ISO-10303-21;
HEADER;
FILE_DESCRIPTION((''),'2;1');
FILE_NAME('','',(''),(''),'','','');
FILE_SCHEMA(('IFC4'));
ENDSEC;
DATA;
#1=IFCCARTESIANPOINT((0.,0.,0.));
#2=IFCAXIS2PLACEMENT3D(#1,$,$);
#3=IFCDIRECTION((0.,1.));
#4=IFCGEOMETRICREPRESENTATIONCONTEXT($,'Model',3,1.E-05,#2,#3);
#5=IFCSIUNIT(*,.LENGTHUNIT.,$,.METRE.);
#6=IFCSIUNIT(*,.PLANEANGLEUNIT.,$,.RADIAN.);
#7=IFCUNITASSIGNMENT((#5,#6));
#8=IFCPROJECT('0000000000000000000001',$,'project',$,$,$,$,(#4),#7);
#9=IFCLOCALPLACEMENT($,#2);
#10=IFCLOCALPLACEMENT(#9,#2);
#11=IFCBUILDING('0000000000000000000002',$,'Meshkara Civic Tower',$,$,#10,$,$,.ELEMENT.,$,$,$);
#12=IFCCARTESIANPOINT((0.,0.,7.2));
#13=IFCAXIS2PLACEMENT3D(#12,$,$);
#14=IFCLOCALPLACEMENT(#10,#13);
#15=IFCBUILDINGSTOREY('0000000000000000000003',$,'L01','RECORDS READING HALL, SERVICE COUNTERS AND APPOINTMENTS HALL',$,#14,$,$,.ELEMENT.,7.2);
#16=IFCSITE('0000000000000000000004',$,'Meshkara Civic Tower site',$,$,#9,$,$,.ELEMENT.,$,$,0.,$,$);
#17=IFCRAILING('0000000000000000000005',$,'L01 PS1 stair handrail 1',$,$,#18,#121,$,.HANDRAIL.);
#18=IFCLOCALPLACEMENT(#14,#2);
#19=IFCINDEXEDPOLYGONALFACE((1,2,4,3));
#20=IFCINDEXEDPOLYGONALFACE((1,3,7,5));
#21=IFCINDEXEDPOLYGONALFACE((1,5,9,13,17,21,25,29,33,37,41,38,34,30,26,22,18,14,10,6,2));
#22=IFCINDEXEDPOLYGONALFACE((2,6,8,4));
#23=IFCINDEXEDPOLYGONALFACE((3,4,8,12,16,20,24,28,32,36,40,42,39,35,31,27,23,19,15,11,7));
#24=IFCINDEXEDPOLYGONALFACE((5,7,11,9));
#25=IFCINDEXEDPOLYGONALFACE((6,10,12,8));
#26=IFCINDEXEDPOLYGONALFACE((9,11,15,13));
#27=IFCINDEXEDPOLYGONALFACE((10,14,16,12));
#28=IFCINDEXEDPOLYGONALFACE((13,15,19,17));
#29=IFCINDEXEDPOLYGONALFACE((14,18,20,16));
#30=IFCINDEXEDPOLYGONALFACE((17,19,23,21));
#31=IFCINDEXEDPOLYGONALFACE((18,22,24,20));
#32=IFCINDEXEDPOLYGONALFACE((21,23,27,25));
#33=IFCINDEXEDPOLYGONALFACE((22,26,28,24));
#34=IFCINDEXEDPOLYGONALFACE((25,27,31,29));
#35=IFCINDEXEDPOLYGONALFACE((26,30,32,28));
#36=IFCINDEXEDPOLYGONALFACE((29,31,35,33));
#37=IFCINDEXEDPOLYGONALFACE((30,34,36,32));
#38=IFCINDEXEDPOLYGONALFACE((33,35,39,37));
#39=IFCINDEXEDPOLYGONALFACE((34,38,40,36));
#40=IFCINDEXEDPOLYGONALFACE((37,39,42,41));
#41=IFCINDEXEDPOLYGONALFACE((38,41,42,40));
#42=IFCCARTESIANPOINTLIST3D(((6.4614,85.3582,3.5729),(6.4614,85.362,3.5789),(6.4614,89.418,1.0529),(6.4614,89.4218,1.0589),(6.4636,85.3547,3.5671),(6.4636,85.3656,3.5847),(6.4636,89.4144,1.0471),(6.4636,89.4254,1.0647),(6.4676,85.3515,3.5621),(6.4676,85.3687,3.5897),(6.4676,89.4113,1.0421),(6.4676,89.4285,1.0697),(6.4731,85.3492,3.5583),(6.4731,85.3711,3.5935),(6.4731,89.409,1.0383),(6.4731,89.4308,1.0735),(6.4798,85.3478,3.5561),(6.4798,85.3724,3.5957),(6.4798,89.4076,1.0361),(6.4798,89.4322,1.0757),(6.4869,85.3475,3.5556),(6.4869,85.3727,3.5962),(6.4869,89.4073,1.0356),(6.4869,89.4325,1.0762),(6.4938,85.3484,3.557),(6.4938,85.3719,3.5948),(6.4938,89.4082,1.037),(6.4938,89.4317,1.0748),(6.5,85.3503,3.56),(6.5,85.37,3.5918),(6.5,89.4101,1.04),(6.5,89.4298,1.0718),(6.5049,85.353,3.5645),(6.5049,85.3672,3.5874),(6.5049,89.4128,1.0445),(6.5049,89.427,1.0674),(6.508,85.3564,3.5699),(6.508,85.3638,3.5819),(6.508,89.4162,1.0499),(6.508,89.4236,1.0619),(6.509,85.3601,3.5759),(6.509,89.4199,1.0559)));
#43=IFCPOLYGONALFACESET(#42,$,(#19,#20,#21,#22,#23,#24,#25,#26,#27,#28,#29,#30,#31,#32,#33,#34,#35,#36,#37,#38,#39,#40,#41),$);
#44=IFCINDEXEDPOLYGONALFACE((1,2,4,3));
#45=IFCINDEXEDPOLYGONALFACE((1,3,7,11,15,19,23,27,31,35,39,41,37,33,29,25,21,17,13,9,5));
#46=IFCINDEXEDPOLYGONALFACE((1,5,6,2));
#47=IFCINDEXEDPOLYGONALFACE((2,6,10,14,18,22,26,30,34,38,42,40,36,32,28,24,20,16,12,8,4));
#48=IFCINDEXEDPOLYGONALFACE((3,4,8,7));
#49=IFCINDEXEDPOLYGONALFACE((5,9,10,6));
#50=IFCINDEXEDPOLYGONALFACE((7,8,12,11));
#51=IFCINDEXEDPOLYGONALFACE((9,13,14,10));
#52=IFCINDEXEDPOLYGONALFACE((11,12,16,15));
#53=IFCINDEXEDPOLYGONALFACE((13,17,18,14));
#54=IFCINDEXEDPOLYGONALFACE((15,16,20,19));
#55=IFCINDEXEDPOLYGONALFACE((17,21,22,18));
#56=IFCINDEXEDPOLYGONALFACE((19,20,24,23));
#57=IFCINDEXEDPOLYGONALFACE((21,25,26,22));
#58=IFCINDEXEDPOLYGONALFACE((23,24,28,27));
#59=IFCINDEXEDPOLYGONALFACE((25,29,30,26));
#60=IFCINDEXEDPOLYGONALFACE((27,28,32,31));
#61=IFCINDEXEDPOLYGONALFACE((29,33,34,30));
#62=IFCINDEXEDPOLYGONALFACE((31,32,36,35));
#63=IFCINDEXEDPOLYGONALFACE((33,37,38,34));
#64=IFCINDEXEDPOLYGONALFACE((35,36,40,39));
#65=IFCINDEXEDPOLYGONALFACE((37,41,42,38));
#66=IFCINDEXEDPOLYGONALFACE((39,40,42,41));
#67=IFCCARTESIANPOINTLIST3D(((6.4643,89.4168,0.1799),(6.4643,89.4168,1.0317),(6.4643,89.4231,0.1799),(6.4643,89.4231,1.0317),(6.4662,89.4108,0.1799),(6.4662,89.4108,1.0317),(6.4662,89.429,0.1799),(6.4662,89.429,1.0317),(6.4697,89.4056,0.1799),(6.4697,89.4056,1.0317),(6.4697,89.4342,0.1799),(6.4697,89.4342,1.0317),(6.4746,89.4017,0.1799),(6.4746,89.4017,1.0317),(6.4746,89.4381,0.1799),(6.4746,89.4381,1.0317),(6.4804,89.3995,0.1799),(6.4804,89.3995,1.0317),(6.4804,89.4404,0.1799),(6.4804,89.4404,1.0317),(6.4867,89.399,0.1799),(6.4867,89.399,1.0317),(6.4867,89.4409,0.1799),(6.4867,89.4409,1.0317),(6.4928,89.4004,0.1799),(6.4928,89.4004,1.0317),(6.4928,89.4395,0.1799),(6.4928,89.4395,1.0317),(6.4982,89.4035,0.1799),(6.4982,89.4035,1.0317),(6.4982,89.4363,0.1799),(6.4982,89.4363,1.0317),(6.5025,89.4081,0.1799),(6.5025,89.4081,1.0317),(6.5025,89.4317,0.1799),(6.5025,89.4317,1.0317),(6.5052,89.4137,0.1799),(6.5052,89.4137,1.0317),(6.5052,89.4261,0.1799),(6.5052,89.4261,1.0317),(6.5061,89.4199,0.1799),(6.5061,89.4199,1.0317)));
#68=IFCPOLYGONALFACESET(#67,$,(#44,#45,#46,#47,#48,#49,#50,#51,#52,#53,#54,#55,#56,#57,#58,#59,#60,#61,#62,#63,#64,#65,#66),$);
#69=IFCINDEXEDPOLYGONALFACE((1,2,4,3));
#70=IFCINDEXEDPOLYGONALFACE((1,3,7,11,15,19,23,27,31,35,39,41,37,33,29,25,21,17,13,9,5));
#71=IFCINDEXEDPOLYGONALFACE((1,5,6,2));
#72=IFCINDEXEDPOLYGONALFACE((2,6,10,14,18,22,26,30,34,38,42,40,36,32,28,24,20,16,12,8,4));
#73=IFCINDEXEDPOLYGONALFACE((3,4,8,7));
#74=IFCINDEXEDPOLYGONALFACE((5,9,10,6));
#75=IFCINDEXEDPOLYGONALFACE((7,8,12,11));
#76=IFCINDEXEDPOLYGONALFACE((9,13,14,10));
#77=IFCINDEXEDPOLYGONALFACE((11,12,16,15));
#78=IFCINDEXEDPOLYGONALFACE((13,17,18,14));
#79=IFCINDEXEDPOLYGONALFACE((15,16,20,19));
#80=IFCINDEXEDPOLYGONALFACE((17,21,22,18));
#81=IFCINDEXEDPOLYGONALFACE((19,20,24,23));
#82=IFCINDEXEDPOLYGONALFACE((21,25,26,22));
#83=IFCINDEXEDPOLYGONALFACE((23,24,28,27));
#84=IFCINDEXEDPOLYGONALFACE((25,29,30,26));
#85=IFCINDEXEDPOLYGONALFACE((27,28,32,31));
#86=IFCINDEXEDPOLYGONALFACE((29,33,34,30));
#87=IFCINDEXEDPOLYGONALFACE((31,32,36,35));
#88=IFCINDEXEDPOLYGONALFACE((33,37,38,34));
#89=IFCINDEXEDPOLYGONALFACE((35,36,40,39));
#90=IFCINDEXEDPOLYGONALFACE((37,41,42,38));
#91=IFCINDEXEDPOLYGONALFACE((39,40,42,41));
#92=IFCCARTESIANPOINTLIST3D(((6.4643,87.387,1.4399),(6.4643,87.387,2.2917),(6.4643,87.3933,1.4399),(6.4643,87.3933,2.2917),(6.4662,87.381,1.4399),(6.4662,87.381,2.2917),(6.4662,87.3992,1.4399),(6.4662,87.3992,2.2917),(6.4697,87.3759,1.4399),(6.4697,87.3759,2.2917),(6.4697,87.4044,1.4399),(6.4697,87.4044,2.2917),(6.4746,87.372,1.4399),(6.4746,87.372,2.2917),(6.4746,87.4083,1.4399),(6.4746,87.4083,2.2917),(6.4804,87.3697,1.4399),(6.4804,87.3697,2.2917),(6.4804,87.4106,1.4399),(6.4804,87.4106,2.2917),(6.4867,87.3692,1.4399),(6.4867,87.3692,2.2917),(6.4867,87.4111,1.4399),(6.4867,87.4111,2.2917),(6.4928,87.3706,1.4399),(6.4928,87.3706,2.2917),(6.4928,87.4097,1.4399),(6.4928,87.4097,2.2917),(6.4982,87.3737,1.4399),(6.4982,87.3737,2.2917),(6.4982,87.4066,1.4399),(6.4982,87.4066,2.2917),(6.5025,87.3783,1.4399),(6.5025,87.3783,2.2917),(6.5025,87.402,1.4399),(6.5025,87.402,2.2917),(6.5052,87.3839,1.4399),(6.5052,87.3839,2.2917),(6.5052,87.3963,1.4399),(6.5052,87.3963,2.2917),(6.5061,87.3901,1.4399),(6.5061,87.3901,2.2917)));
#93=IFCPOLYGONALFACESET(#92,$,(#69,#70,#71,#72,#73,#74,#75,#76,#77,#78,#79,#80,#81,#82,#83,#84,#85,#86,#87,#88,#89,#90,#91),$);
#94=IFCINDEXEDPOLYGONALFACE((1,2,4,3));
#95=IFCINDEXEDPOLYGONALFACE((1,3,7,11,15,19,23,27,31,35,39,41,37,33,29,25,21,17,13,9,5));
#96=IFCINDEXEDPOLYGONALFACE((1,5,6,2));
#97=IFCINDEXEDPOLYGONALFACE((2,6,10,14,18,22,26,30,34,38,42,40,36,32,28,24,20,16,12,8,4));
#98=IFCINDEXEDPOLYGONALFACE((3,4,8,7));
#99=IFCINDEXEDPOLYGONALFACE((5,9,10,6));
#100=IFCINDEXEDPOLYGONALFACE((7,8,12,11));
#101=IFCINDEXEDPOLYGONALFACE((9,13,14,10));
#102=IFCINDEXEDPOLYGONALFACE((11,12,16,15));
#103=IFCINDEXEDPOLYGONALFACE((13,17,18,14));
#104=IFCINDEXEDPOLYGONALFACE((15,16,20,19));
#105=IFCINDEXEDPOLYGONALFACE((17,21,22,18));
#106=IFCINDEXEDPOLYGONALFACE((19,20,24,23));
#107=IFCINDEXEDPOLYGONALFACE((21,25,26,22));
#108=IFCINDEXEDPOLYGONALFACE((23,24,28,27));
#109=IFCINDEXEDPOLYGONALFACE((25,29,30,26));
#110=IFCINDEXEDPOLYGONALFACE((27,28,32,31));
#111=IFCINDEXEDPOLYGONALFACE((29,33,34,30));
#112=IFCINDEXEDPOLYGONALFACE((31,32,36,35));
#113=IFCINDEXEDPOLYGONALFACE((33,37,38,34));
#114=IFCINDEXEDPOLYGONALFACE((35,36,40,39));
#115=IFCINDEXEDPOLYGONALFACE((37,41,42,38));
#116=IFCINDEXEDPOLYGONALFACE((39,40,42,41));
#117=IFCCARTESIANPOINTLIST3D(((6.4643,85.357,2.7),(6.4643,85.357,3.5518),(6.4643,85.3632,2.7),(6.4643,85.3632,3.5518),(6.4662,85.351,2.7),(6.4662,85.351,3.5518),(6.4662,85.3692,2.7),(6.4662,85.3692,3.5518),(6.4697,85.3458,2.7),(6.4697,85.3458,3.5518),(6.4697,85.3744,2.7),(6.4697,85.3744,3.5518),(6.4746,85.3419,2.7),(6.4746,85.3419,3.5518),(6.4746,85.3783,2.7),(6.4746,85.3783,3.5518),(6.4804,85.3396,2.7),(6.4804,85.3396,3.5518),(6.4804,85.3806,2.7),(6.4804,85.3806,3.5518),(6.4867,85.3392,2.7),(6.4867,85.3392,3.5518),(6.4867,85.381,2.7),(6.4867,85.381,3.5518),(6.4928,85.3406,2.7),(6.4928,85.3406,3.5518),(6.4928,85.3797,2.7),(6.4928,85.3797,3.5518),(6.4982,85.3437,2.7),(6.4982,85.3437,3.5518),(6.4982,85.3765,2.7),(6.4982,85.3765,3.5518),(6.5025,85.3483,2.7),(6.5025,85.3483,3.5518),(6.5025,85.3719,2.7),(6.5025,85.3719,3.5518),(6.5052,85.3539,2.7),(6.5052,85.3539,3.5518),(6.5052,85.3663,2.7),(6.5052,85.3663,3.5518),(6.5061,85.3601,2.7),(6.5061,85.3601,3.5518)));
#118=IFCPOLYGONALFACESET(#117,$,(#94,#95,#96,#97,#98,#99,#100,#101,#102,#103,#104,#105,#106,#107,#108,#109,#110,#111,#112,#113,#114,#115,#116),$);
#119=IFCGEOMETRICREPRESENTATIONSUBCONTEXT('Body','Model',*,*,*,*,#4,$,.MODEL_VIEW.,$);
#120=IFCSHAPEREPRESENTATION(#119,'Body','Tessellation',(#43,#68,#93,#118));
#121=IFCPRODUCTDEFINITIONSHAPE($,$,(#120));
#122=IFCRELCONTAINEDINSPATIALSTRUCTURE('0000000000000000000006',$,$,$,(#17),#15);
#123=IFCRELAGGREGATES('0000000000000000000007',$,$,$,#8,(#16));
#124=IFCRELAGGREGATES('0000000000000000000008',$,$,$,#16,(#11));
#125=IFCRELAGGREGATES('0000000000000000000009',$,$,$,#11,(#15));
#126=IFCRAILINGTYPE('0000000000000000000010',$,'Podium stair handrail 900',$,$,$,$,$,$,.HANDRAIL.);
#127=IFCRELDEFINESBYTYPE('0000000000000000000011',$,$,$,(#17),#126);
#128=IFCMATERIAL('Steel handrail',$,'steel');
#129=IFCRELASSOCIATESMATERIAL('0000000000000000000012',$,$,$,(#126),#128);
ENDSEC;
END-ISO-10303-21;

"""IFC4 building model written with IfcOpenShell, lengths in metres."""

from ifc_helpers import new_model, si_unit, direction, frame, origin, origin_2d, place, context, subcontext, project, spatial, circle, extrude, material, type_object, element, save


model = new_model("IFC4")

# Units and contexts
model_context = context("Model", 3, precision=1e-05, world=origin(), true_north=direction((0.0, 1.0)))
body_context = subcontext(model_context, "Body", "Model", "MODEL_VIEW")
ifc_project = project(units=[si_unit("LENGTHUNIT", "METRE"), si_unit("PLANEANGLEUNIT", "RADIAN")], contexts=[model_context])

# Site, building, storey
site_placement = place(None, origin())
site = spatial("IfcSite", under=ifc_project, at=site_placement, Name="Meshkara Civic Tower site", CompositionType="ELEMENT", RefElevation=0.0)
building_placement = place(site_placement, origin())
building = spatial("IfcBuilding", under=site, at=building_placement, Name="Meshkara Civic Tower", CompositionType="ELEMENT")
storey_placement = place(building_placement, frame((0.0, 0.0, 7.2)))
storey = spatial("IfcBuildingStorey", under=building, at=storey_placement, Name="L01", Description="RECORDS READING HALL, SERVICE COUNTERS AND APPOINTMENTS HALL", CompositionType="ELEMENT", Elevation=7.2)

# Railing
ifc_material_1 = material(Name="Steel handrail", Category="steel")
railing_type_1 = type_object("IfcRailingType", Name="Podium stair handrail 900", PredefinedType="HANDRAIL", material=ifc_material_1)
railing_1_placement = place(storey_placement, frame((6.4851, 89.4199, 0.1799)))
element("IfcRailing", 1, at=railing_1_placement, inside=storey, type_object=railing_type_1, Name="L01 PS1 stair handrail 1", PredefinedType="HANDRAIL", context=body_context, shape_type="SweptSolid", body=[
    extrude(circle(Radius=0.0239, at=origin_2d()), frame((0.0, 0.0, 0.876), z_axis=(0.0, -0.849628, 0.527383), x_axis=(1.0, 0.0, 0.0)), (0.0, 0.0, 1.0), 4.7783),
    extrude(circle(Radius=0.021, at=origin_2d()), origin(), (0.0, 0.0, 1.0), 0.8518),
    extrude(circle(Radius=0.021, at=origin_2d()), frame((0.0, -2.0298, 1.26)), (0.0, 0.0, 1.0), 0.8518),
    extrude(circle(Radius=0.021, at=origin_2d()), frame((0.0, -4.0598, 2.52)), (0.0, 0.0, 1.0), 0.8518),
])

save(model, "model.ifc")
